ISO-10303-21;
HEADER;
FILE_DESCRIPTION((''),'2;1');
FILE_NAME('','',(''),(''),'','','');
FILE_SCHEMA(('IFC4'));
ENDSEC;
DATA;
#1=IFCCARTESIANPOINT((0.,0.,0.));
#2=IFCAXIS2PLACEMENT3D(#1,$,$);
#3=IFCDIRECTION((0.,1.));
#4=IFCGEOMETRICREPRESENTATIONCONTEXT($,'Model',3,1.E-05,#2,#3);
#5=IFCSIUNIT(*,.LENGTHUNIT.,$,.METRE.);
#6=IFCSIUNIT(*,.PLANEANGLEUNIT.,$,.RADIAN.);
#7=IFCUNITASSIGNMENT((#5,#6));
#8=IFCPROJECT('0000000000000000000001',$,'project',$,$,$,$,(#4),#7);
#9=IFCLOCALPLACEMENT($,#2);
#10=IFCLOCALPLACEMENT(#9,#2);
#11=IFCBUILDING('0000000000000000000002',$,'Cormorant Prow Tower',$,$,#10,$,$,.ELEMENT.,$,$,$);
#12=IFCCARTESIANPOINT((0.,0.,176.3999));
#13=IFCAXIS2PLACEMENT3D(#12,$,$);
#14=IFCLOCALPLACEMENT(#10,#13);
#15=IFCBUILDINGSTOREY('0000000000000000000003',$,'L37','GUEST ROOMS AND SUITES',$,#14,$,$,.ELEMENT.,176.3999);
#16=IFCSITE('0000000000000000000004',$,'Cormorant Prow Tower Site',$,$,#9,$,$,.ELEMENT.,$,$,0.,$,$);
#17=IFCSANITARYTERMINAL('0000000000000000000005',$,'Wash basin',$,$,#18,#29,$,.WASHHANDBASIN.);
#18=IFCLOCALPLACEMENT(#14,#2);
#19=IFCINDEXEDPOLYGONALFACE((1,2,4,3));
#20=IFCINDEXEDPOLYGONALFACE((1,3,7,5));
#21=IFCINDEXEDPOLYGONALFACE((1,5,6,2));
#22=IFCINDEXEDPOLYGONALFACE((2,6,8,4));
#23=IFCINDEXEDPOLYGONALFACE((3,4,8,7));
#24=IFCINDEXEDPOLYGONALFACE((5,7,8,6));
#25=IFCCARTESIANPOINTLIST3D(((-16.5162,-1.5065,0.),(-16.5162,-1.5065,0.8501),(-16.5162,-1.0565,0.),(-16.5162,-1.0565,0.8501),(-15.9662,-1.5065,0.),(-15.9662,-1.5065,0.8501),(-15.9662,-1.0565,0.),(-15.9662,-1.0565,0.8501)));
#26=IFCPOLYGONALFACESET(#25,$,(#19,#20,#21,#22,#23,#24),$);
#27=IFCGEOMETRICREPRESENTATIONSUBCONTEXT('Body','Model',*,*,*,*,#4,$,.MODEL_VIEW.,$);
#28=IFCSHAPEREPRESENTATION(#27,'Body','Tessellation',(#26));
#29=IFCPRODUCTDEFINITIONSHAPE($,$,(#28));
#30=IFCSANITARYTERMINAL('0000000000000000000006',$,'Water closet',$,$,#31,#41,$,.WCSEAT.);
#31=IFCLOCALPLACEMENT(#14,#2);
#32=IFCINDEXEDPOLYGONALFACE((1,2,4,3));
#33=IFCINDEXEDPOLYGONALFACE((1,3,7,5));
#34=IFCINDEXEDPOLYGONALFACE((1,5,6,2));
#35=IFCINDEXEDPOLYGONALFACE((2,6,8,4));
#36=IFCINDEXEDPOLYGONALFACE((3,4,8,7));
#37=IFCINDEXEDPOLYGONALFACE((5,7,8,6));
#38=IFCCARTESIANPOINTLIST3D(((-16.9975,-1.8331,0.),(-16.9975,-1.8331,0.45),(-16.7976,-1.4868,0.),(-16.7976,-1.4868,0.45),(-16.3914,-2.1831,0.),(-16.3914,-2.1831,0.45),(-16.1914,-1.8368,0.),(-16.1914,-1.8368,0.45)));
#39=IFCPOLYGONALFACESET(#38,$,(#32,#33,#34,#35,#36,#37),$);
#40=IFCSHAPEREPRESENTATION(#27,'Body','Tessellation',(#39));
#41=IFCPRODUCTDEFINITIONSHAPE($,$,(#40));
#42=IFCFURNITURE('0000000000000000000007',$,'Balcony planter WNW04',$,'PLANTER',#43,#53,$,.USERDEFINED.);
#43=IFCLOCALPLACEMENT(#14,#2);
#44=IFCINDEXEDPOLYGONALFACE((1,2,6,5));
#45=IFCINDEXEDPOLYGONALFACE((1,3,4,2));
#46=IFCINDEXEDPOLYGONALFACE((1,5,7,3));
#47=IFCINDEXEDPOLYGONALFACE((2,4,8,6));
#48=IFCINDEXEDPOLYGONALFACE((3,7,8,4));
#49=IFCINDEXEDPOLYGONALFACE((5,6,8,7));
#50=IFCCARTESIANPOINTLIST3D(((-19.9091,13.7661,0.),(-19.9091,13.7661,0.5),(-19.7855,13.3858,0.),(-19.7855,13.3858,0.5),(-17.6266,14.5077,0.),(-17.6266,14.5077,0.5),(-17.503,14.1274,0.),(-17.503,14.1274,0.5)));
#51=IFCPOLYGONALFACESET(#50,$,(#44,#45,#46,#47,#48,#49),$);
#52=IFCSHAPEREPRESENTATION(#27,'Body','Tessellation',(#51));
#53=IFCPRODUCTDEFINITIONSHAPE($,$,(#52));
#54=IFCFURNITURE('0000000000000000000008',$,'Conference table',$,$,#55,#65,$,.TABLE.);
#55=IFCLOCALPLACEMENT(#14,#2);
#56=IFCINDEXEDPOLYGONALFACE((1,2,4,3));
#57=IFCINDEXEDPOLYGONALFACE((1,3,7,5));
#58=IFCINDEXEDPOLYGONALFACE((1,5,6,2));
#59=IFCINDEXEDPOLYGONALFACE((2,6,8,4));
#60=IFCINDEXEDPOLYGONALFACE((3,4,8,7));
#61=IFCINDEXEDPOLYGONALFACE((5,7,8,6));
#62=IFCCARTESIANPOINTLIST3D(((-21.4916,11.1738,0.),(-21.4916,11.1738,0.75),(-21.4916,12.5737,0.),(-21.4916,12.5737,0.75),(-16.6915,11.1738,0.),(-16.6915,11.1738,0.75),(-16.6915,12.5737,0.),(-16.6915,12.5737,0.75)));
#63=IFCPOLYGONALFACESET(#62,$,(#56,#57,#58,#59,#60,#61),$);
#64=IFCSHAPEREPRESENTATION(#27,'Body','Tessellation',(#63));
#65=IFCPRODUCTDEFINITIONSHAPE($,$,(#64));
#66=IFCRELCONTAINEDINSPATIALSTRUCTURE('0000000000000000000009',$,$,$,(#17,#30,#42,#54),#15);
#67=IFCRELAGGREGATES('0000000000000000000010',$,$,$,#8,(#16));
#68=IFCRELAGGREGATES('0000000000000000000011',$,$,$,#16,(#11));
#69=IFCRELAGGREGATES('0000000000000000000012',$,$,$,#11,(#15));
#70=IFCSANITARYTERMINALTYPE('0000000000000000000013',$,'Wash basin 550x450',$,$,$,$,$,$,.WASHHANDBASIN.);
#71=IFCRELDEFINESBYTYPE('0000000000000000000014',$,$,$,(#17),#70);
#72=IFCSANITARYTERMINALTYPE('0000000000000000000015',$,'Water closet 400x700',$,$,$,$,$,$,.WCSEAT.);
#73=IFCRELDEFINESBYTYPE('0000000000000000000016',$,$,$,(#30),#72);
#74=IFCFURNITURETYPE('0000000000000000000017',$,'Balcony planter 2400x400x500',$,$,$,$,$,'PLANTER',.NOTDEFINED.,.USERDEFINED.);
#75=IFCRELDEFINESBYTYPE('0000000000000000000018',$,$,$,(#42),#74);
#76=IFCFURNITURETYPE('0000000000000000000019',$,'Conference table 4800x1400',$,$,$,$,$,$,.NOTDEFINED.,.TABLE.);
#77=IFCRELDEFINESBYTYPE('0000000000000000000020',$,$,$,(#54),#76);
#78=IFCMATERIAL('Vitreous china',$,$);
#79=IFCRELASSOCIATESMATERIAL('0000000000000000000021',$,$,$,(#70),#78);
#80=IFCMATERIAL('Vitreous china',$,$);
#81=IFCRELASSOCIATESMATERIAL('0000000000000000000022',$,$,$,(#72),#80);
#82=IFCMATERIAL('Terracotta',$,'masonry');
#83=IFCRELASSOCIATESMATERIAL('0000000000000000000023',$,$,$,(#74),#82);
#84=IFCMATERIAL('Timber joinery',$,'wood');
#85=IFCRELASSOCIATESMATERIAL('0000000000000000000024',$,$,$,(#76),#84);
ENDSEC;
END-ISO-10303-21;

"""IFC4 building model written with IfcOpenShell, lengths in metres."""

from ifc_helpers import new_model, si_unit, direction, frame, origin, origin_2d, place, context, subcontext, project, spatial, rectangle, extrude, material, type_object, element, save


model = new_model("IFC4")

# Units and contexts
model_context = context("Model", 3, precision=1e-05, world=origin(), true_north=direction((0.0, 1.0)))
body_context = subcontext(model_context, "Body", "Model", "MODEL_VIEW")
ifc_project = project(units=[si_unit("LENGTHUNIT", "METRE"), si_unit("PLANEANGLEUNIT", "RADIAN")], contexts=[model_context])

# Site, building, storey
site_placement = place(None, origin())
site = spatial("IfcSite", under=ifc_project, at=site_placement, Name="Cormorant Prow Tower Site", CompositionType="ELEMENT", RefElevation=0.0)
building_placement = place(site_placement, origin())
building = spatial("IfcBuilding", under=site, at=building_placement, Name="Cormorant Prow Tower", CompositionType="ELEMENT")
storey_placement = place(building_placement, frame((0.0, 0.0, 176.3999)))
storey = spatial("IfcBuildingStorey", under=building, at=storey_placement, Name="L37", Description="GUEST ROOMS AND SUITES", CompositionType="ELEMENT", Elevation=176.3999)

# Sanitary terminals
ifc_material_1 = material(Name="Vitreous china")
sanitary_terminal_type_1 = type_object("IfcSanitaryTerminalType", Name="Wash basin 550x450", PredefinedType="WASHHANDBASIN", material=ifc_material_1)
sanitary_terminal_1_placement = place(storey_placement, frame((-16.2412, -1.2815, 0.0), z_axis=(0.0, 0.0, 1.0), x_axis=(1.0, 0.0, 0.0)))
element("IfcSanitaryTerminal", 1, at=sanitary_terminal_1_placement, inside=storey, type_object=sanitary_terminal_type_1, Name="Wash basin", PredefinedType="WASHHANDBASIN", context=body_context, shape_type="SweptSolid", body=[
    extrude(rectangle(XDim=0.55, YDim=0.45, at=origin_2d()), origin(), (0.0, 0.0, 1.0), 0.8501),
])
ifc_material_2 = material(Name="Vitreous china")
sanitary_terminal_type_2 = type_object("IfcSanitaryTerminalType", Name="Water closet 400x700", PredefinedType="WCSEAT", material=ifc_material_2)
sanitary_terminal_2_placement = place(storey_placement, frame((-16.5945, -1.835, 0.0), z_axis=(0.0, 0.0, 1.0), x_axis=(0.5, 0.866025, 0.0)))
element("IfcSanitaryTerminal", 2, at=sanitary_terminal_2_placement, inside=storey, type_object=sanitary_terminal_type_2, Name="Water closet", PredefinedType="WCSEAT", context=body_context, shape_type="SweptSolid", body=[
    extrude(rectangle(XDim=0.3999, YDim=0.7, at=origin_2d()), origin(), (0.0, 0.0, 1.0), 0.45),
])

# Furniture
ifc_material_3 = material(Name="Terracotta", Category="masonry")
furniture_type_1 = type_object("IfcFurnitureType", Name="Balcony planter 2400x400x500", ElementType="PLANTER", AssemblyPlace="NOTDEFINED", PredefinedType="USERDEFINED", material=ifc_material_3)
furniture_1_placement = place(storey_placement, frame((-18.7061, 13.9468, 0.0), z_axis=(0.0, 0.0, 1.0), x_axis=(-0.951057, -0.309017, 0.0)))
element("IfcFurniture", 3, at=furniture_1_placement, inside=storey, type_object=furniture_type_1, Name="Balcony planter WNW04", ObjectType="PLANTER", PredefinedType="USERDEFINED", context=body_context, shape_type="SweptSolid", body=[
    extrude(rectangle(XDim=2.3999, YDim=0.3999, at=origin_2d()), origin(), (0.0, 0.0, 1.0), 0.5),
])
ifc_material_4 = material(Name="Timber joinery", Category="wood")
furniture_type_2 = type_object("IfcFurnitureType", Name="Conference table 4800x1400", AssemblyPlace="NOTDEFINED", PredefinedType="TABLE", material=ifc_material_4)
furniture_2_placement = place(storey_placement, frame((-19.0916, 11.8738, 0.0), z_axis=(0.0, 0.0, 1.0), x_axis=(1.0, 0.0, 0.0)))
element("IfcFurniture", 4, at=furniture_2_placement, inside=storey, type_object=furniture_type_2, Name="Conference table", PredefinedType="TABLE", context=body_context, shape_type="SweptSolid", body=[
    extrude(rectangle(XDim=4.8, YDim=1.3999, at=origin_2d()), origin(), (0.0, 0.0, 1.0), 0.75),
])

save(model, "model.ifc")
